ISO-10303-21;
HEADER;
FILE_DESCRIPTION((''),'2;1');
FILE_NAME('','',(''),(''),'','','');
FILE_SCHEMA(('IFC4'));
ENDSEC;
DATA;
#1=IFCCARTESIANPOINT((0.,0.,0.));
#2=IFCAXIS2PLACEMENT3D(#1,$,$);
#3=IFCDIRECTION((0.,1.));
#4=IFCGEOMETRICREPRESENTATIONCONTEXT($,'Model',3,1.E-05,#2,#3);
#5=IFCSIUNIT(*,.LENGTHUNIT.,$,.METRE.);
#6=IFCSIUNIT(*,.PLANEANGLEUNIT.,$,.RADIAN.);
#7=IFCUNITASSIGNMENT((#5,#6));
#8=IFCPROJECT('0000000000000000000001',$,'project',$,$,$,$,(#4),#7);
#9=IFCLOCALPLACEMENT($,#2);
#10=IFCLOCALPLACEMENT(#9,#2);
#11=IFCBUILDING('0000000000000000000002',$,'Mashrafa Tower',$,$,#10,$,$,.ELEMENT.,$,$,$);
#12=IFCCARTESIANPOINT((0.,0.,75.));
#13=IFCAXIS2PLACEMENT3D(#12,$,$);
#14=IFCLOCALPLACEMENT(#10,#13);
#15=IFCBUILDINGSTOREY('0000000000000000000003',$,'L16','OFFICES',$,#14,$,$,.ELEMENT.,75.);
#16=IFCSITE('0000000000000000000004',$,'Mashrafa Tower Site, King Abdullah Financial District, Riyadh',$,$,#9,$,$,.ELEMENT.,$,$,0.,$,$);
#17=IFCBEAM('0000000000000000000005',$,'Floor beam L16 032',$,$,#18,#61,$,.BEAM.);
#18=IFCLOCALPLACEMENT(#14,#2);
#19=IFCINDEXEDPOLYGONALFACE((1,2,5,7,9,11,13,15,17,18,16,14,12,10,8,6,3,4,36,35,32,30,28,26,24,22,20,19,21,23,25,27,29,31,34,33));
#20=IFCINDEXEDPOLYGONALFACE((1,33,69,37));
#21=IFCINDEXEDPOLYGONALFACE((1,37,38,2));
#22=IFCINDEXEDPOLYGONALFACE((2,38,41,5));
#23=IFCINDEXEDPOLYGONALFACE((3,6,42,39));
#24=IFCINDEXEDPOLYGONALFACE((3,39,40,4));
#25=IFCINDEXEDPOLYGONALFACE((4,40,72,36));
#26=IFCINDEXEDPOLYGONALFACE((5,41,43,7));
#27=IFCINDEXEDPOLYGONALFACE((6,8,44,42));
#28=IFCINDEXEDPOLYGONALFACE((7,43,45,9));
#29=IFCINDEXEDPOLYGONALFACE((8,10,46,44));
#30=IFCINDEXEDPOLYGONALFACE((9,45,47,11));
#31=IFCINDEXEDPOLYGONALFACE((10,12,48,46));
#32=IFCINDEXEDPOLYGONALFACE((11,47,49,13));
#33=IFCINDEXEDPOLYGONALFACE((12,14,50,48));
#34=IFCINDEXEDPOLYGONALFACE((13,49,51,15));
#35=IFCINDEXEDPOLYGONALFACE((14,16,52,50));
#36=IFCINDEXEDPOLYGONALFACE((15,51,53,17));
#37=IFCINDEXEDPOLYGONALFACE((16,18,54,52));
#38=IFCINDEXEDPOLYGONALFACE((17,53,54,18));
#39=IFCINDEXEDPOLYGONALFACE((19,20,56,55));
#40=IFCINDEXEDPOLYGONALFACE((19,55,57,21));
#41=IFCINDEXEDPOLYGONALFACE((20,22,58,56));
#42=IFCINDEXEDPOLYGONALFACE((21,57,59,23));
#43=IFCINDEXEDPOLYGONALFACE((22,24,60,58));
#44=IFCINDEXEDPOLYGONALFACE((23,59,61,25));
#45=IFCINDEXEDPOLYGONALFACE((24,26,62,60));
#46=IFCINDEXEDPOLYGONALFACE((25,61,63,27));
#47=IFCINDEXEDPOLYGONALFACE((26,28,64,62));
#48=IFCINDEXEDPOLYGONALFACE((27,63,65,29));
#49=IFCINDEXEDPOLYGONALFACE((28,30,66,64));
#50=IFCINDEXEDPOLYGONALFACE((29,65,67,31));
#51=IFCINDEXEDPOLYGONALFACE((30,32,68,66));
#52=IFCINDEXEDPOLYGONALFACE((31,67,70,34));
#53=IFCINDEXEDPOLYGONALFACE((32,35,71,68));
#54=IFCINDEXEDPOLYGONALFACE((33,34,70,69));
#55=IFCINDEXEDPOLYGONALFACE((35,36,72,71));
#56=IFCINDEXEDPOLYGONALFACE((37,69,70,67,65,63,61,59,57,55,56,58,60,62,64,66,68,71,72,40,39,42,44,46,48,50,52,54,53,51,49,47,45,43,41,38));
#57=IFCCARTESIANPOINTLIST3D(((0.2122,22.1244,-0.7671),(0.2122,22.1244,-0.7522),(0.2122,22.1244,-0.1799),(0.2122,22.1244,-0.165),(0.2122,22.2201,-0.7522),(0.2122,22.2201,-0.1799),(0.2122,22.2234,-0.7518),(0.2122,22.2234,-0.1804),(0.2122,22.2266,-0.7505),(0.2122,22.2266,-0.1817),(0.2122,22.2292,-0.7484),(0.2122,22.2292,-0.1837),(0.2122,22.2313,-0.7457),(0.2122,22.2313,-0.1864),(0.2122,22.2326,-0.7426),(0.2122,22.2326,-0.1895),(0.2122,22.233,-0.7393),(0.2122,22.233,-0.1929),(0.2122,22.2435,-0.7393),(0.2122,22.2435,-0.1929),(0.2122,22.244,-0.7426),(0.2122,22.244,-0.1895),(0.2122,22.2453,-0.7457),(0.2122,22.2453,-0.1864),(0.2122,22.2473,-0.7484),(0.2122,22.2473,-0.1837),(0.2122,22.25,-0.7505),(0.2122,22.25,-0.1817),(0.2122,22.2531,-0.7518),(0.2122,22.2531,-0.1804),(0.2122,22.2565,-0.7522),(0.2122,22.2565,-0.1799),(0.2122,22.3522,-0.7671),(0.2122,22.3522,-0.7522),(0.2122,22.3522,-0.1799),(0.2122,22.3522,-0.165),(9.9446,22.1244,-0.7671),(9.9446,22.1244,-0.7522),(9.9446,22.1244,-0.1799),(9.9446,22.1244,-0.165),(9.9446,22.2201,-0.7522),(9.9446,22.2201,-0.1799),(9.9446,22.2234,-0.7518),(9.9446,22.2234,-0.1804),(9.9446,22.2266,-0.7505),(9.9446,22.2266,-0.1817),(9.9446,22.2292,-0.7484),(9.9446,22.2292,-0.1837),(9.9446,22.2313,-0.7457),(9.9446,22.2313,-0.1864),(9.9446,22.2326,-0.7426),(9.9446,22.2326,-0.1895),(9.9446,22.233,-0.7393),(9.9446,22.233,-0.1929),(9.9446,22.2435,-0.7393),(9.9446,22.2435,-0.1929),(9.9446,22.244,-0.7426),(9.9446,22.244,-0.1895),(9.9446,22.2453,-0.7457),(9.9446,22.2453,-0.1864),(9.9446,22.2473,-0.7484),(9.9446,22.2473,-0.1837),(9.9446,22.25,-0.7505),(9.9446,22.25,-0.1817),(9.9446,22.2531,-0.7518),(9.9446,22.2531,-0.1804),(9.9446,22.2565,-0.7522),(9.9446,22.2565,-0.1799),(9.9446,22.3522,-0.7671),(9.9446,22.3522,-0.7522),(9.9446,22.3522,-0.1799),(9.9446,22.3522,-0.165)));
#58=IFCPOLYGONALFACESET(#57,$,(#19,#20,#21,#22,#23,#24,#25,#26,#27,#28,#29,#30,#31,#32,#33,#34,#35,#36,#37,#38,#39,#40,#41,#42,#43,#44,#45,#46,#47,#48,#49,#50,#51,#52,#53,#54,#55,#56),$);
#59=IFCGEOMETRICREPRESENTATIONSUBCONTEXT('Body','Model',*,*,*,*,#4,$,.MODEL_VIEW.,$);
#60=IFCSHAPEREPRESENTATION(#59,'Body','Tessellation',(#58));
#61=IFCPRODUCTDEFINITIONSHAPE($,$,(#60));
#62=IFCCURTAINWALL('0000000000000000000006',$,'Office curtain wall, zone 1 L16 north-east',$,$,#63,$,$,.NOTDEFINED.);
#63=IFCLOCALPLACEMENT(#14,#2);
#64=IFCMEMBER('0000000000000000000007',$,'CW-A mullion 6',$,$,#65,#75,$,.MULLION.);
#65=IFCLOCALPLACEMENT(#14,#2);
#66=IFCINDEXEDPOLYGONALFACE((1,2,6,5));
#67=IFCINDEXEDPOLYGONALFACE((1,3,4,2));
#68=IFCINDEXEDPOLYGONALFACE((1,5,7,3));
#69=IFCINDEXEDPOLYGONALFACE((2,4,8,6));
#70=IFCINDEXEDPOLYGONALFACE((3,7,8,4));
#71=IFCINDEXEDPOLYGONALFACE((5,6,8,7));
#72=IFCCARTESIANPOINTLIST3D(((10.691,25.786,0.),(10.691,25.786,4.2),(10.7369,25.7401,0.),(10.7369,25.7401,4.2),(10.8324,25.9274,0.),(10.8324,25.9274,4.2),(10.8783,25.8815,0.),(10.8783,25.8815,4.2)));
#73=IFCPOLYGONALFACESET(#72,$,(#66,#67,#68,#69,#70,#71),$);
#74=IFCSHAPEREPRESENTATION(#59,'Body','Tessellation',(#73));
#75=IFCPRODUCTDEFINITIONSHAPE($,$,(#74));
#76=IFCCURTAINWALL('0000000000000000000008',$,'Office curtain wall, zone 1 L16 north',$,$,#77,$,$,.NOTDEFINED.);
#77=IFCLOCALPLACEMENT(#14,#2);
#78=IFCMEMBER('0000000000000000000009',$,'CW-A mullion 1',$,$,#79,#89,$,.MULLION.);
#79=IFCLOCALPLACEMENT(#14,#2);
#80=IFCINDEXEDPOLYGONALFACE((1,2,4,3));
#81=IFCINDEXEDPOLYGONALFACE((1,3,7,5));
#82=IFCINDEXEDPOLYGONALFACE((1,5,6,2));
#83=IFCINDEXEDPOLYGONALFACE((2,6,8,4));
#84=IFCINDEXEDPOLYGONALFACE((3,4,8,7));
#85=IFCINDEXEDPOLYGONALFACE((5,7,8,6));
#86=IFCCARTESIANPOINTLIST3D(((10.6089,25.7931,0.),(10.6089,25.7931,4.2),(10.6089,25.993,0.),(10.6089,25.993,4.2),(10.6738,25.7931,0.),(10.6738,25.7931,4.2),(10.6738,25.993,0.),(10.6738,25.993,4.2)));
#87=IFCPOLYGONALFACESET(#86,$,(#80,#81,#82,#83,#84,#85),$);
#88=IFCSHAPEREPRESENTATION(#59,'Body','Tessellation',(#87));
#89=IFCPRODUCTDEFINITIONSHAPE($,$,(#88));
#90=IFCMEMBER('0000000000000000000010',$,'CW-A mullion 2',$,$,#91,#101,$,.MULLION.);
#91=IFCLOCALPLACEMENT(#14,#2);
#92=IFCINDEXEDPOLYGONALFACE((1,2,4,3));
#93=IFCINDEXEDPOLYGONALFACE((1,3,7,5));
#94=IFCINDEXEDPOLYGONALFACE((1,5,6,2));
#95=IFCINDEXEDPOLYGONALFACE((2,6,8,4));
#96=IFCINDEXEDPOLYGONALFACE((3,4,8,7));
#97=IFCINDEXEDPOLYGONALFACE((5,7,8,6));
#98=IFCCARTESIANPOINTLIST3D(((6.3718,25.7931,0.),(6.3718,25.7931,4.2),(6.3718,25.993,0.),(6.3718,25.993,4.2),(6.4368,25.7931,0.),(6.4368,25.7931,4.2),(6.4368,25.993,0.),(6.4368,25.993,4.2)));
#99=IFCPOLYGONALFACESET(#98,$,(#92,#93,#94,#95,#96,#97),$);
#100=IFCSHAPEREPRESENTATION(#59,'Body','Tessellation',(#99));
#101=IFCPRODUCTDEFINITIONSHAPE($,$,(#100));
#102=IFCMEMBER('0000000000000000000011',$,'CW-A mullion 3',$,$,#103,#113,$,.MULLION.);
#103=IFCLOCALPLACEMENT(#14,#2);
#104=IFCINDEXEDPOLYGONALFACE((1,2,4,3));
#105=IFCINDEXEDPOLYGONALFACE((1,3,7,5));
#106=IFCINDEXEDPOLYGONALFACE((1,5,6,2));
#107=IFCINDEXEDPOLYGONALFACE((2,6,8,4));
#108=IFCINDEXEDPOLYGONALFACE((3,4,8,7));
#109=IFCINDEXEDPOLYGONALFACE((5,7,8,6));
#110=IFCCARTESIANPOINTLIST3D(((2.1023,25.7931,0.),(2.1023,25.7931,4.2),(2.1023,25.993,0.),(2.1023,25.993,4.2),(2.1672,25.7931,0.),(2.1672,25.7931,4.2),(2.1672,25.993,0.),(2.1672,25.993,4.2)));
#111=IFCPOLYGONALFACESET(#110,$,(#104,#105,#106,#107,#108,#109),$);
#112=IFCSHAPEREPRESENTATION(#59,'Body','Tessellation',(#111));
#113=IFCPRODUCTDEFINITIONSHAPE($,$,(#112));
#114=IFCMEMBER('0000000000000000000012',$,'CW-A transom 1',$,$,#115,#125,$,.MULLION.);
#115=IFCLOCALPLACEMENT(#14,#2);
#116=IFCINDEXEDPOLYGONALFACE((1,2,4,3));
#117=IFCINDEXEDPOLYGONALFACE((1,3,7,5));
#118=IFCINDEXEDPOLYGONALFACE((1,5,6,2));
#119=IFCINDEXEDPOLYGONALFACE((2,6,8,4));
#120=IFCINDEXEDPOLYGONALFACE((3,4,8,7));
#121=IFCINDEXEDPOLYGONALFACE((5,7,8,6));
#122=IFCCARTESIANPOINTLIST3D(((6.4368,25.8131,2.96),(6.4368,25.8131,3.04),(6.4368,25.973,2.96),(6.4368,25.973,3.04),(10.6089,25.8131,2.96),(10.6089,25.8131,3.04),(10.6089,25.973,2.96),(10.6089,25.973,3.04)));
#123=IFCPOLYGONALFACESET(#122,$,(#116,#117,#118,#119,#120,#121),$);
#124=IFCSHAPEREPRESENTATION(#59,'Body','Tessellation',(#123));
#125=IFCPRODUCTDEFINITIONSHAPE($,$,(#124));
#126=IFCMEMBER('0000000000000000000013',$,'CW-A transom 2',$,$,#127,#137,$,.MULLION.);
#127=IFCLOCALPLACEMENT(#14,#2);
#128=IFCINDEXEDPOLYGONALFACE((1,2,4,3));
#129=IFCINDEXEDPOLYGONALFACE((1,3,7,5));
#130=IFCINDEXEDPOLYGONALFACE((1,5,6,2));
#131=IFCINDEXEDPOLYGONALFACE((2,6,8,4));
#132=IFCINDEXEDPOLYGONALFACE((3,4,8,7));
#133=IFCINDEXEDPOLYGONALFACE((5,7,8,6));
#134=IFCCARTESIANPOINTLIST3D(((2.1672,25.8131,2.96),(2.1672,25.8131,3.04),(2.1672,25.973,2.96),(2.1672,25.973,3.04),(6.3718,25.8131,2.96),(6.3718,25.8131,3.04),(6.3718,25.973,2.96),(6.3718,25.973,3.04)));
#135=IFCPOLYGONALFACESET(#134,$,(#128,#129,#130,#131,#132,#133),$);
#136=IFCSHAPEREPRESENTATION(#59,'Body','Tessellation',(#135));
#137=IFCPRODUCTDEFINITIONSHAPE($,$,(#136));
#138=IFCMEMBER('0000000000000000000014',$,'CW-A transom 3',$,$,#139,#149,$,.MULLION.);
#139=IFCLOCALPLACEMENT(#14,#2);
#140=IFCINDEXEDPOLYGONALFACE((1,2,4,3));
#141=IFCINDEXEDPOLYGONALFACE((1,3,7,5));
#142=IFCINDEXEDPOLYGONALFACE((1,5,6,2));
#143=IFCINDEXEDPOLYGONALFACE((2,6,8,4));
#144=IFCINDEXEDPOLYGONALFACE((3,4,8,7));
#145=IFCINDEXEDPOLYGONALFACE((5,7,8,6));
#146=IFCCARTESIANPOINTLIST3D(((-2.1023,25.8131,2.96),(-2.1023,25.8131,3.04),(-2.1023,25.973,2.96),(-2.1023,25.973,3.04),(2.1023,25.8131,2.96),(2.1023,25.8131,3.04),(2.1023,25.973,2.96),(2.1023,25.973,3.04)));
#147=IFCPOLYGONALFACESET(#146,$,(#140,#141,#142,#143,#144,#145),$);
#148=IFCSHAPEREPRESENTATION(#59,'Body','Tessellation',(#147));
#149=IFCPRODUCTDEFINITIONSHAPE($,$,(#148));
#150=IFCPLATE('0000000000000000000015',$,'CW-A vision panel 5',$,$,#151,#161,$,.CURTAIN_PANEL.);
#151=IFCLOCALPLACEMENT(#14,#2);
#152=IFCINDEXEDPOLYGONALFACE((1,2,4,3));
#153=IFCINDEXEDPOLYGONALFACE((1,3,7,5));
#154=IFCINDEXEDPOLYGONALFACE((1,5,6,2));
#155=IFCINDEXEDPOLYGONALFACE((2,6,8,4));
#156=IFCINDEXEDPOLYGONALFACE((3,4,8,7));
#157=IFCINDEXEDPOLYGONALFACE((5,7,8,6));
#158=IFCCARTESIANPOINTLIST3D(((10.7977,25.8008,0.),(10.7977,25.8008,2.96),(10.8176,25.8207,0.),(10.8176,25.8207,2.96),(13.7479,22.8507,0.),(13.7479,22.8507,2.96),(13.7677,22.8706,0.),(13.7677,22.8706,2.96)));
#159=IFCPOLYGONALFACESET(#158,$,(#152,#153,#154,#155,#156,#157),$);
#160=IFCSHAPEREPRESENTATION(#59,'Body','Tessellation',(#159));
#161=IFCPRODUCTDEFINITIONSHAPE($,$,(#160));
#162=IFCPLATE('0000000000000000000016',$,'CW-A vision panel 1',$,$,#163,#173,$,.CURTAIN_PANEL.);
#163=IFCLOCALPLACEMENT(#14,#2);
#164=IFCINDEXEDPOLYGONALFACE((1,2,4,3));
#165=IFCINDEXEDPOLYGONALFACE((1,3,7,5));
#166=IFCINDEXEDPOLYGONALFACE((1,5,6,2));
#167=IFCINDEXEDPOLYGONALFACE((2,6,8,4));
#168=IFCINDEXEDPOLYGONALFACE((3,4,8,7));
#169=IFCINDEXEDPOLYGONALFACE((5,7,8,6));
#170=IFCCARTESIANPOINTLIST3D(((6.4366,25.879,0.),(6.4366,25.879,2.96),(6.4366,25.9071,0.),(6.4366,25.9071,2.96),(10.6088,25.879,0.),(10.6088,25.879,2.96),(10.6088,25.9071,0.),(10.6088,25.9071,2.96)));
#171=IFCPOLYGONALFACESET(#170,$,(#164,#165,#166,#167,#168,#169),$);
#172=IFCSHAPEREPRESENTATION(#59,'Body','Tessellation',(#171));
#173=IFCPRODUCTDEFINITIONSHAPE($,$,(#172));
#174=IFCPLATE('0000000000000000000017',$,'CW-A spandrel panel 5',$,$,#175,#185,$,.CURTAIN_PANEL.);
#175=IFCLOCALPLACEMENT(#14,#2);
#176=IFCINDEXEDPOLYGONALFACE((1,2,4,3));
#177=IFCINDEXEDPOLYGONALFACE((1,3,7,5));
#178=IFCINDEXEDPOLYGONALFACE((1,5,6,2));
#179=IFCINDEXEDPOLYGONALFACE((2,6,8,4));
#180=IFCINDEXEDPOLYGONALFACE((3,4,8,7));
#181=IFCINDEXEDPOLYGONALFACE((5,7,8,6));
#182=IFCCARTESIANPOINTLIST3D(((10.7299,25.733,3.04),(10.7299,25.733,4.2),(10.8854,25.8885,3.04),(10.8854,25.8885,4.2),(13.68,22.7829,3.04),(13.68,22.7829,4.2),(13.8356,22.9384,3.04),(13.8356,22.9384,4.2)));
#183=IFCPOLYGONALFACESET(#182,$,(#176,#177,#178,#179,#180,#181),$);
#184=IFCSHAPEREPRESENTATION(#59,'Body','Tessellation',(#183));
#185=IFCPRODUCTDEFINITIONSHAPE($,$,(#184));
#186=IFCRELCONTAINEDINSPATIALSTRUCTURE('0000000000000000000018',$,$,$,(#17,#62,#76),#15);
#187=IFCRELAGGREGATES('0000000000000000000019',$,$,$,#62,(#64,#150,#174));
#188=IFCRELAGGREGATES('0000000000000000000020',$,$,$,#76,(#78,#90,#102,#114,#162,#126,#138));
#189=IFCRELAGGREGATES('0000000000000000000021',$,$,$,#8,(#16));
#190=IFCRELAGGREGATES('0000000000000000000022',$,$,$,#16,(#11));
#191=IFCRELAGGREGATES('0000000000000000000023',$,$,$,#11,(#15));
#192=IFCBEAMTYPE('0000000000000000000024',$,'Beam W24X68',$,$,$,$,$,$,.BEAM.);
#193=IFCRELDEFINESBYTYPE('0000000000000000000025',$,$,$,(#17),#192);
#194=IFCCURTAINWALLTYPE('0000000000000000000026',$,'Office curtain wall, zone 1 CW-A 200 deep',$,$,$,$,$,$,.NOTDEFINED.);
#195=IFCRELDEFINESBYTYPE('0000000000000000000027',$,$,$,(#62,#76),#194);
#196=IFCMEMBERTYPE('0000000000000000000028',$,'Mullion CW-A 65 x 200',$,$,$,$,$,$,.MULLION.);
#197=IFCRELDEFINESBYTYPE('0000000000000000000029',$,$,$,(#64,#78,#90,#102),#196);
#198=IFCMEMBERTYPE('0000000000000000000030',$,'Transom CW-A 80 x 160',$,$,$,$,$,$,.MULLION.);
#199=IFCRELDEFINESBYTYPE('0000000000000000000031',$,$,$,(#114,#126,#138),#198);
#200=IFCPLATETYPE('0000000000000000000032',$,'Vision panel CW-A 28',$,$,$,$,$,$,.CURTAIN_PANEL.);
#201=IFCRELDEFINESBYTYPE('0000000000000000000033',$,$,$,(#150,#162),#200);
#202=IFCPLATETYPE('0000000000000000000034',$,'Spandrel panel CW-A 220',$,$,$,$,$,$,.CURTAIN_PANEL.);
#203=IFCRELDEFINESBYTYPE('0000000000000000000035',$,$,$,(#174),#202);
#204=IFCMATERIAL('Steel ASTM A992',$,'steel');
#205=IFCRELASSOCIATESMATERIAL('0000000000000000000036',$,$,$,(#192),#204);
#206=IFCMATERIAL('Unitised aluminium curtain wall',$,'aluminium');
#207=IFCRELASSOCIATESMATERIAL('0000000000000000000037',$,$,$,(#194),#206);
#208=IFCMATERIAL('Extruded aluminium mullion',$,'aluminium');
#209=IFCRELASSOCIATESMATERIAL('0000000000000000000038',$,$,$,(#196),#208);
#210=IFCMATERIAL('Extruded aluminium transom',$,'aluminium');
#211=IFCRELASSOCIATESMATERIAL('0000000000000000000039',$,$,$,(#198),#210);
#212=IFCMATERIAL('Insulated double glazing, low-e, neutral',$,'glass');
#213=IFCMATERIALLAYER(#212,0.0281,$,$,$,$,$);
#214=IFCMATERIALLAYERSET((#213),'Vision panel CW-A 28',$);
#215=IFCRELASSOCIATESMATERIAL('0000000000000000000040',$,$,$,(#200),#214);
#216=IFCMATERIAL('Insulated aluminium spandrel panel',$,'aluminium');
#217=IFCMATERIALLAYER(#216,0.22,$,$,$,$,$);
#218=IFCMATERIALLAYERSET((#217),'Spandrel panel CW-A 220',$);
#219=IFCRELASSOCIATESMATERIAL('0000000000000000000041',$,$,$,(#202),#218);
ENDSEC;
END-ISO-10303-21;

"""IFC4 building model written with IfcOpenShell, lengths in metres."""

from ifc_helpers import new_model, si_unit, direction, frame, origin, origin_2d, place, context, subcontext, project, spatial, rectangle, i_section, extrude, source, transform, mapped, material, layer, layer_set, material_profile, profile_set, type_object, type_shapes, element, aggregate, save


model = new_model("IFC4")

# Units and contexts
model_context = context("Model", 3, precision=1e-05, world=origin(), true_north=direction((0.0, 1.0)))
body_context = subcontext(model_context, "Body", "Model", "MODEL_VIEW")
ifc_project = project(units=[si_unit("LENGTHUNIT", "METRE"), si_unit("PLANEANGLEUNIT", "RADIAN")], contexts=[model_context])

# Site, building, storey
site_placement = place(None, origin())
site = spatial("IfcSite", under=ifc_project, at=site_placement, Name="Mashrafa Tower Site, King Abdullah Financial District, Riyadh", CompositionType="ELEMENT", RefElevation=0.0)
building_placement = place(site_placement, origin())
building = spatial("IfcBuilding", under=site, at=building_placement, Name="Mashrafa Tower", CompositionType="ELEMENT")
storey_placement = place(building_placement, frame((0.0, 0.0, 75.0)))
storey = spatial("IfcBuildingStorey", under=building, at=storey_placement, Name="L16", Description="OFFICES", CompositionType="ELEMENT", Elevation=75.0)

# Beam
ifc_material_1 = material(Name="Steel ASTM A992", Category="steel")
ifc_material_profile_1 = material_profile(ifc_material_1, i_section(OverallWidth=0.2278, OverallDepth=0.6021, WebThickness=0.0105, FlangeThickness=0.0149, FilletRadius=0.0129, at=origin_2d()), Name="W24X68")
ifc_profile_set_1 = profile_set([ifc_material_profile_1], Name="Steel ASTM A992")
beam_type_1 = type_object("IfcBeamType", Name="Beam W24X68", PredefinedType="BEAM", material=ifc_profile_set_1)
beam_1_placement = place(storey_placement, frame((0.2122, 22.2383, -0.4661), z_axis=(1.0, 0.0, 0.0), x_axis=(0.0, 1.0, 0.0)))
element("IfcBeam", 1, at=beam_1_placement, inside=storey, type_object=beam_type_1, Name="Floor beam L16 032", PredefinedType="BEAM", context=body_context, shape_type="SweptSolid", body=[
    extrude(i_section(OverallWidth=0.2278, OverallDepth=0.6021, WebThickness=0.0105, FlangeThickness=0.0149, FilletRadius=0.0129, at=origin_2d()), origin(), (0.0, 0.0, 1.0), 9.7324),
])

# Curtain wall, member
ifc_material_2 = material(Name="Unitised aluminium curtain wall", Category="aluminium")
curtain_wall_type = type_object("IfcCurtainWallType", Name="Office curtain wall, zone 1 CW-A 200 deep", PredefinedType="NOTDEFINED", material=ifc_material_2)
curtain_wall_1_placement = place(storey_placement, origin())
curtain_wall_1 = element("IfcCurtainWall", 2, at=curtain_wall_1_placement, inside=storey, type_object=curtain_wall_type, Name="Office curtain wall, zone 1 L16 north-east", PredefinedType="NOTDEFINED")
ifc_material_3 = material(Name="Extruded aluminium mullion", Category="aluminium")
ifc_material_profile_2 = material_profile(ifc_material_3, rectangle(XDim=0.2, YDim=0.0649, at=origin_2d()), Name="Mullion 65x200")
ifc_profile_set_2 = profile_set([ifc_material_profile_2], Name="Extruded aluminium mullion")
member_type_1 = type_object("IfcMemberType", Name="Mullion CW-A 65 x 200", PredefinedType="MULLION", material=ifc_profile_set_2)
shared_shape_1 = source(origin(), body_context, "Body", "SweptSolid", [
    extrude(rectangle(XDim=0.2, YDim=0.0649, at=origin_2d()), origin(), (0.0, 0.0, 1.0), 4.2),
])
type_shapes(member_type_1, [shared_shape_1])
member_1_placement = place(storey_placement, frame((10.7847, 25.8337, 0.0), z_axis=(0.0, 0.0, 1.0), x_axis=(-0.707107, -0.707107, 0.0)))
member_1 = element("IfcMember", 3, at=member_1_placement, type_object=member_type_1, Name="CW-A mullion 6", PredefinedType="MULLION", context=body_context, shape_type="MappedRepresentation", body=[
    mapped(shared_shape_1, transform((0.0, 0.0, 0.0))),
])

# Curtain wall, members
curtain_wall_2_placement = place(storey_placement, origin())
curtain_wall_2 = element("IfcCurtainWall", 4, at=curtain_wall_2_placement, inside=storey, type_object=curtain_wall_type, Name="Office curtain wall, zone 1 L16 north", PredefinedType="NOTDEFINED")
member_2_placement = place(storey_placement, frame((10.6414, 25.8931, 0.0), z_axis=(0.0, 0.0, 1.0), x_axis=(0.0, -1.0, 0.0)))
member_2 = element("IfcMember", 5, at=member_2_placement, type_object=member_type_1, Name="CW-A mullion 1", PredefinedType="MULLION", context=body_context, shape_type="MappedRepresentation", body=[
    mapped(shared_shape_1, transform((0.0, 0.0, 0.0))),
])
member_3_placement = place(storey_placement, frame((6.4043, 25.8931, 0.0), z_axis=(0.0, 0.0, 1.0), x_axis=(0.0, -1.0, 0.0)))
member_3 = element("IfcMember", 6, at=member_3_placement, type_object=member_type_1, Name="CW-A mullion 2", PredefinedType="MULLION", context=body_context, shape_type="MappedRepresentation", body=[
    mapped(shared_shape_1, transform((0.0, 0.0, 0.0))),
])
member_4_placement = place(storey_placement, frame((2.1348, 25.8931, 0.0), z_axis=(0.0, 0.0, 1.0), x_axis=(0.0, -1.0, 0.0)))
member_4 = element("IfcMember", 7, at=member_4_placement, type_object=member_type_1, Name="CW-A mullion 3", PredefinedType="MULLION", context=body_context, shape_type="MappedRepresentation", body=[
    mapped(shared_shape_1, transform((0.0, 0.0, 0.0))),
])
ifc_material_4 = material(Name="Extruded aluminium transom", Category="aluminium")
ifc_material_profile_3 = material_profile(ifc_material_4, rectangle(XDim=0.1599, YDim=0.0801, at=origin_2d()), Name="Transom 80x160")
ifc_profile_set_3 = profile_set([ifc_material_profile_3], Name="Extruded aluminium transom")
member_type_2 = type_object("IfcMemberType", Name="Transom CW-A 80 x 160", PredefinedType="MULLION", material=ifc_profile_set_3)
shared_shape_2 = source(origin(), body_context, "Body", "SweptSolid", [
    extrude(rectangle(XDim=0.1599, YDim=0.0801, at=origin_2d()), origin(), (0.0, 0.0, 1.0), 4.1721),
])
member_5_placement = place(storey_placement, frame((10.6089, 25.8931, 3.0), z_axis=(-1.0, 0.0, 0.0), x_axis=(0.0, -1.0, 0.0)))
member_5 = element("IfcMember", 8, at=member_5_placement, type_object=member_type_2, Name="CW-A transom 1", PredefinedType="MULLION", context=body_context, shape_type="MappedRepresentation", body=[
    mapped(shared_shape_2, transform((0.0, 0.0, 0.0))),
])
shared_shape_3 = source(origin(), body_context, "Body", "SweptSolid", [
    extrude(rectangle(XDim=0.1599, YDim=0.0801, at=origin_2d()), origin(), (0.0, 0.0, 1.0), 4.2046),
])
type_shapes(member_type_2, [shared_shape_2, shared_shape_3])
member_6_placement = place(storey_placement, frame((6.3718, 25.8931, 3.0), z_axis=(-1.0, 0.0, 0.0), x_axis=(0.0, -1.0, 0.0)))
member_6 = element("IfcMember", 9, at=member_6_placement, type_object=member_type_2, Name="CW-A transom 2", PredefinedType="MULLION", context=body_context, shape_type="MappedRepresentation", body=[
    mapped(shared_shape_3, transform((0.0, 0.0, 0.0))),
])
member_7_placement = place(storey_placement, frame((2.1023, 25.8931, 3.0), z_axis=(-1.0, 0.0, 0.0), x_axis=(0.0, -1.0, 0.0)))
member_7 = element("IfcMember", 10, at=member_7_placement, type_object=member_type_2, Name="CW-A transom 3", PredefinedType="MULLION", context=body_context, shape_type="MappedRepresentation", body=[
    mapped(shared_shape_3, transform((0.0, 0.0, 0.0))),
])

# Plates
ifc_material_5 = material(Name="Insulated double glazing, low-e, neutral", Category="glass")
ifc_layer_1 = layer(ifc_material_5, 0.0281)
ifc_layer_set_1 = layer_set([ifc_layer_1], Name="Vision panel CW-A 28")
plate_type_1 = type_object("IfcPlateType", Name="Vision panel CW-A 28", PredefinedType="CURTAIN_PANEL", material=ifc_layer_set_1)
shared_shape_4 = source(origin(), body_context, "Body", "SweptSolid", [
    extrude(rectangle(XDim=4.1721, YDim=0.0281, at=origin_2d()), origin(), (0.0, 0.0, 1.0), 2.96),
])
plate_1_placement = place(storey_placement, frame((12.2827, 24.3357, 0.0), z_axis=(0.0, 0.0, 1.0), x_axis=(-0.707107, 0.707107, 0.0)))
plate_1 = element("IfcPlate", 11, at=plate_1_placement, type_object=plate_type_1, Name="CW-A vision panel 5", PredefinedType="CURTAIN_PANEL", context=body_context, shape_type="MappedRepresentation", body=[
    mapped(shared_shape_4, transform((0.0, 0.0, 0.0))),
])
plate_2_placement = place(storey_placement, frame((8.5227, 25.8931, 0.0), z_axis=(0.0, 0.0, 1.0), x_axis=(-1.0, 0.0, 0.0)))
plate_2 = element("IfcPlate", 12, at=plate_2_placement, type_object=plate_type_1, Name="CW-A vision panel 1", PredefinedType="CURTAIN_PANEL", context=body_context, shape_type="MappedRepresentation", body=[
    mapped(shared_shape_4, transform((0.0, 0.0, 0.0))),
])
ifc_material_6 = material(Name="Insulated aluminium spandrel panel", Category="aluminium")
ifc_layer_2 = layer(ifc_material_6, 0.22)
ifc_layer_set_2 = layer_set([ifc_layer_2], Name="Spandrel panel CW-A 220")
plate_type_2 = type_object("IfcPlateType", Name="Spandrel panel CW-A 220", PredefinedType="CURTAIN_PANEL", material=ifc_layer_set_2)
shared_shape_5 = source(origin(), body_context, "Body", "SweptSolid", [
    extrude(rectangle(XDim=4.1721, YDim=0.22, at=origin_2d()), origin(), (0.0, 0.0, 1.0), 1.1599),
])
plate_3_placement = place(storey_placement, frame((12.2827, 24.3357, 3.04), z_axis=(0.0, 0.0, 1.0), x_axis=(-0.707107, 0.707107, 0.0)))
plate_3 = element("IfcPlate", 13, at=plate_3_placement, type_object=plate_type_2, Name="CW-A spandrel panel 5", PredefinedType="CURTAIN_PANEL", context=body_context, shape_type="MappedRepresentation", body=[
    mapped(shared_shape_5, transform((0.0, 0.0, 0.0))),
])
aggregate(curtain_wall_1, [member_1, plate_1, plate_3])
aggregate(curtain_wall_2, [member_2, member_3, member_4, member_5, plate_2, member_6, member_7])

save(model, "model.ifc")
